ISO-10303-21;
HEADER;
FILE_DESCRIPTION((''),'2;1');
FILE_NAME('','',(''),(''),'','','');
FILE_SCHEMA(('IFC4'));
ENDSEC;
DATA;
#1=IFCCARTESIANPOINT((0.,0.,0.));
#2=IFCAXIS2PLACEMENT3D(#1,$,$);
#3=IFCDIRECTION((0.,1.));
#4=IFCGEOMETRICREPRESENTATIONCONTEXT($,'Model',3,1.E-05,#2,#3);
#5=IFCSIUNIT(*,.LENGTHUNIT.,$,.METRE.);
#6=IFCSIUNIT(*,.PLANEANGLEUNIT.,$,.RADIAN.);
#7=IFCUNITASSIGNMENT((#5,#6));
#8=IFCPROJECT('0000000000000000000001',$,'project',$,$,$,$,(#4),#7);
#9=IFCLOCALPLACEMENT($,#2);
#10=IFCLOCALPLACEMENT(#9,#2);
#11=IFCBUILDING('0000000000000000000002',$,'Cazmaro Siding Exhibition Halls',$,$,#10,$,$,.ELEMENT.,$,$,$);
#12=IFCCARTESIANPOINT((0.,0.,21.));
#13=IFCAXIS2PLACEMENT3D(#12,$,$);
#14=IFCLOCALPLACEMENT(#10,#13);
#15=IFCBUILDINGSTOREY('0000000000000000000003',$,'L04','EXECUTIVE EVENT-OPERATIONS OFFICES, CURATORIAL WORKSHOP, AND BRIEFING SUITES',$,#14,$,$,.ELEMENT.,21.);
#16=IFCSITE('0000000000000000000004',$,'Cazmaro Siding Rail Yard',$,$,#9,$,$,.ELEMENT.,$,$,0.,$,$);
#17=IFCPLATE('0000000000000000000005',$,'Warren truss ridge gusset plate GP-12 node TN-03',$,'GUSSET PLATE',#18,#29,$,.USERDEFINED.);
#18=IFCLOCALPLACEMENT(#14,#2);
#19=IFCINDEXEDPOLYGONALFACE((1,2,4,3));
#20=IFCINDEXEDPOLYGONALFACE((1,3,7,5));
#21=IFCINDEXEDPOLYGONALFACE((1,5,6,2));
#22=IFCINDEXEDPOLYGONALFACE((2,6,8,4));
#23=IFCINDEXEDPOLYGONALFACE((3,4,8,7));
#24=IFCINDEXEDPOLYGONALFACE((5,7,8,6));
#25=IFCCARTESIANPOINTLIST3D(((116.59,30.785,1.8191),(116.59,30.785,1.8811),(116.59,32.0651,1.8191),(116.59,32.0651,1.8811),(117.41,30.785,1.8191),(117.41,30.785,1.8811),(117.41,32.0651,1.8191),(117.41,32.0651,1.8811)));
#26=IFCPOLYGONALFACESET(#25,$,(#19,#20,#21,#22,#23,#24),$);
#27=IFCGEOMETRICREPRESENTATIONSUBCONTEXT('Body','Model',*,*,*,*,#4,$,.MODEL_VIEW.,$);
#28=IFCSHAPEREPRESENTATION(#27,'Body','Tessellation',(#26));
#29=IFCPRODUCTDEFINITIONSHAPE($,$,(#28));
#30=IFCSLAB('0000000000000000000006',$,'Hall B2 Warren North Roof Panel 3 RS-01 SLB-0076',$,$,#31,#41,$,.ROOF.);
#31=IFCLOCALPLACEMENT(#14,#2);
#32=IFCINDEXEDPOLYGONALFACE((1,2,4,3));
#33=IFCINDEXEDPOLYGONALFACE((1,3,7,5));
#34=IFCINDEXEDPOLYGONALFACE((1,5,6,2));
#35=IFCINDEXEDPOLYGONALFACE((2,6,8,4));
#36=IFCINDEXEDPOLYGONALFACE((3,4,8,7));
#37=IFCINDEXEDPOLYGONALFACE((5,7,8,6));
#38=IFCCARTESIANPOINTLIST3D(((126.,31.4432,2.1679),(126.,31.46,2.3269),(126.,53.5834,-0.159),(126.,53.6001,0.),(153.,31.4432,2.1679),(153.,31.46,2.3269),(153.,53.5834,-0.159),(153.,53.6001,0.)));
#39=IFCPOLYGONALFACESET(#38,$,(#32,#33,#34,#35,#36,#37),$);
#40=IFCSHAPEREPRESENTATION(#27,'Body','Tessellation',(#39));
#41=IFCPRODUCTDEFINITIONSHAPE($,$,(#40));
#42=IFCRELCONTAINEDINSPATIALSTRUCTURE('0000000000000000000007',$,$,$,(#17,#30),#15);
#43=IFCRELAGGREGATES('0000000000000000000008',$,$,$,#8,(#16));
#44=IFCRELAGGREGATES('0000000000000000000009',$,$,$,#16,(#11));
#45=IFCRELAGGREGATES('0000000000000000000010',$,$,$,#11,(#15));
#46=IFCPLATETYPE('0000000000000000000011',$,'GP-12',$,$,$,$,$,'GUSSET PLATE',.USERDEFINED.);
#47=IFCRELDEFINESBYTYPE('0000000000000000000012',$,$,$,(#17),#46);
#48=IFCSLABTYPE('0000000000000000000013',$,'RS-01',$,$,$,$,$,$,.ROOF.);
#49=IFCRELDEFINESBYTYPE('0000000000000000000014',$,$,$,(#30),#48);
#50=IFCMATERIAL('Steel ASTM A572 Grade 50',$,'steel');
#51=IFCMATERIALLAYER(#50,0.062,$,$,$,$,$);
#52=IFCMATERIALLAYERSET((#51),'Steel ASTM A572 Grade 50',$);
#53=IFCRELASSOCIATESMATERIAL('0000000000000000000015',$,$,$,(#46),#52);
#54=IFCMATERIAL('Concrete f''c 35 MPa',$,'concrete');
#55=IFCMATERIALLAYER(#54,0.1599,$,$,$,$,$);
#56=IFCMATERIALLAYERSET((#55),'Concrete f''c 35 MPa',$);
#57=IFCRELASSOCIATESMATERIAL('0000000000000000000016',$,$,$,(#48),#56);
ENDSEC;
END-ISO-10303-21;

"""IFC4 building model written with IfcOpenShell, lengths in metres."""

from ifc_helpers import new_model, si_unit, direction, frame, origin, origin_2d, place, context, subcontext, project, spatial, polyline, rectangle, outline, extrude, material, layer, layer_set, type_object, element, save


model = new_model("IFC4")

# Units and contexts
model_context = context("Model", 3, precision=1e-05, world=origin(), true_north=direction((0.0, 1.0)))
body_context = subcontext(model_context, "Body", "Model", "MODEL_VIEW")
ifc_project = project(units=[si_unit("LENGTHUNIT", "METRE"), si_unit("PLANEANGLEUNIT", "RADIAN")], contexts=[model_context])

# Site, building, storey
site_placement = place(None, origin())
site = spatial("IfcSite", under=ifc_project, at=site_placement, Name="Cazmaro Siding Rail Yard", CompositionType="ELEMENT", RefElevation=0.0)
building_placement = place(site_placement, origin())
building = spatial("IfcBuilding", under=site, at=building_placement, Name="Cazmaro Siding Exhibition Halls", CompositionType="ELEMENT")
storey_placement = place(building_placement, frame((0.0, 0.0, 21.0)))
storey = spatial("IfcBuildingStorey", under=building, at=storey_placement, Name="L04", Description="EXECUTIVE EVENT-OPERATIONS OFFICES, CURATORIAL WORKSHOP, AND BRIEFING SUITES", CompositionType="ELEMENT", Elevation=21.0)

# Plate
ifc_material_1 = material(Name="Steel ASTM A572 Grade 50", Category="steel")
ifc_layer_1 = layer(ifc_material_1, 0.062)
ifc_layer_set_1 = layer_set([ifc_layer_1], Name="Steel ASTM A572 Grade 50")
plate_type_1 = type_object("IfcPlateType", Name="GP-12", ElementType="GUSSET PLATE", PredefinedType="USERDEFINED", material=ifc_layer_set_1)
plate_1_placement = place(storey_placement, frame((117.0, 31.425, 1.8191), z_axis=(0.0, 0.0, 1.0), x_axis=(0.0, 1.0, 0.0)))
element("IfcPlate", 1, at=plate_1_placement, inside=storey, type_object=plate_type_1, Name="Warren truss ridge gusset plate GP-12 node TN-03", ObjectType="GUSSET PLATE", PredefinedType="USERDEFINED", context=body_context, shape_type="SweptSolid", body=[
    extrude(rectangle(XDim=1.28, YDim=0.8201, at=origin_2d()), origin(), (0.0, 0.0, 1.0), 0.062),
])

# Slab
ifc_material_2 = material(Name="Concrete f'c 35 MPa", Category="concrete")
ifc_layer_2 = layer(ifc_material_2, 0.1599)
ifc_layer_set_2 = layer_set([ifc_layer_2], Name="Concrete f'c 35 MPa")
slab_type = type_object("IfcSlabType", Name="RS-01", PredefinedType="ROOF", material=ifc_layer_set_2)
slab_placement = place(storey_placement, frame((126.0, 31.46, 2.3269), z_axis=(0.0, 0.104523, 0.994522), x_axis=(1.0, 0.0, 0.0)))
element("IfcSlab", 2, at=slab_placement, inside=storey, type_object=slab_type, Name="Hall B2 Warren North Roof Panel 3 RS-01 SLB-0076", PredefinedType="ROOF", context=body_context, shape_type="SweptSolid", body=[
    extrude(outline(polyline([(0.0, 0.0), (27.0, 0.0), (27.0, 22.2621), (0.0, 22.2621), (0.0, 0.0)])), origin(), (0.0, 0.0, -1.0), 0.1599),
])

save(model, "model.ifc")
